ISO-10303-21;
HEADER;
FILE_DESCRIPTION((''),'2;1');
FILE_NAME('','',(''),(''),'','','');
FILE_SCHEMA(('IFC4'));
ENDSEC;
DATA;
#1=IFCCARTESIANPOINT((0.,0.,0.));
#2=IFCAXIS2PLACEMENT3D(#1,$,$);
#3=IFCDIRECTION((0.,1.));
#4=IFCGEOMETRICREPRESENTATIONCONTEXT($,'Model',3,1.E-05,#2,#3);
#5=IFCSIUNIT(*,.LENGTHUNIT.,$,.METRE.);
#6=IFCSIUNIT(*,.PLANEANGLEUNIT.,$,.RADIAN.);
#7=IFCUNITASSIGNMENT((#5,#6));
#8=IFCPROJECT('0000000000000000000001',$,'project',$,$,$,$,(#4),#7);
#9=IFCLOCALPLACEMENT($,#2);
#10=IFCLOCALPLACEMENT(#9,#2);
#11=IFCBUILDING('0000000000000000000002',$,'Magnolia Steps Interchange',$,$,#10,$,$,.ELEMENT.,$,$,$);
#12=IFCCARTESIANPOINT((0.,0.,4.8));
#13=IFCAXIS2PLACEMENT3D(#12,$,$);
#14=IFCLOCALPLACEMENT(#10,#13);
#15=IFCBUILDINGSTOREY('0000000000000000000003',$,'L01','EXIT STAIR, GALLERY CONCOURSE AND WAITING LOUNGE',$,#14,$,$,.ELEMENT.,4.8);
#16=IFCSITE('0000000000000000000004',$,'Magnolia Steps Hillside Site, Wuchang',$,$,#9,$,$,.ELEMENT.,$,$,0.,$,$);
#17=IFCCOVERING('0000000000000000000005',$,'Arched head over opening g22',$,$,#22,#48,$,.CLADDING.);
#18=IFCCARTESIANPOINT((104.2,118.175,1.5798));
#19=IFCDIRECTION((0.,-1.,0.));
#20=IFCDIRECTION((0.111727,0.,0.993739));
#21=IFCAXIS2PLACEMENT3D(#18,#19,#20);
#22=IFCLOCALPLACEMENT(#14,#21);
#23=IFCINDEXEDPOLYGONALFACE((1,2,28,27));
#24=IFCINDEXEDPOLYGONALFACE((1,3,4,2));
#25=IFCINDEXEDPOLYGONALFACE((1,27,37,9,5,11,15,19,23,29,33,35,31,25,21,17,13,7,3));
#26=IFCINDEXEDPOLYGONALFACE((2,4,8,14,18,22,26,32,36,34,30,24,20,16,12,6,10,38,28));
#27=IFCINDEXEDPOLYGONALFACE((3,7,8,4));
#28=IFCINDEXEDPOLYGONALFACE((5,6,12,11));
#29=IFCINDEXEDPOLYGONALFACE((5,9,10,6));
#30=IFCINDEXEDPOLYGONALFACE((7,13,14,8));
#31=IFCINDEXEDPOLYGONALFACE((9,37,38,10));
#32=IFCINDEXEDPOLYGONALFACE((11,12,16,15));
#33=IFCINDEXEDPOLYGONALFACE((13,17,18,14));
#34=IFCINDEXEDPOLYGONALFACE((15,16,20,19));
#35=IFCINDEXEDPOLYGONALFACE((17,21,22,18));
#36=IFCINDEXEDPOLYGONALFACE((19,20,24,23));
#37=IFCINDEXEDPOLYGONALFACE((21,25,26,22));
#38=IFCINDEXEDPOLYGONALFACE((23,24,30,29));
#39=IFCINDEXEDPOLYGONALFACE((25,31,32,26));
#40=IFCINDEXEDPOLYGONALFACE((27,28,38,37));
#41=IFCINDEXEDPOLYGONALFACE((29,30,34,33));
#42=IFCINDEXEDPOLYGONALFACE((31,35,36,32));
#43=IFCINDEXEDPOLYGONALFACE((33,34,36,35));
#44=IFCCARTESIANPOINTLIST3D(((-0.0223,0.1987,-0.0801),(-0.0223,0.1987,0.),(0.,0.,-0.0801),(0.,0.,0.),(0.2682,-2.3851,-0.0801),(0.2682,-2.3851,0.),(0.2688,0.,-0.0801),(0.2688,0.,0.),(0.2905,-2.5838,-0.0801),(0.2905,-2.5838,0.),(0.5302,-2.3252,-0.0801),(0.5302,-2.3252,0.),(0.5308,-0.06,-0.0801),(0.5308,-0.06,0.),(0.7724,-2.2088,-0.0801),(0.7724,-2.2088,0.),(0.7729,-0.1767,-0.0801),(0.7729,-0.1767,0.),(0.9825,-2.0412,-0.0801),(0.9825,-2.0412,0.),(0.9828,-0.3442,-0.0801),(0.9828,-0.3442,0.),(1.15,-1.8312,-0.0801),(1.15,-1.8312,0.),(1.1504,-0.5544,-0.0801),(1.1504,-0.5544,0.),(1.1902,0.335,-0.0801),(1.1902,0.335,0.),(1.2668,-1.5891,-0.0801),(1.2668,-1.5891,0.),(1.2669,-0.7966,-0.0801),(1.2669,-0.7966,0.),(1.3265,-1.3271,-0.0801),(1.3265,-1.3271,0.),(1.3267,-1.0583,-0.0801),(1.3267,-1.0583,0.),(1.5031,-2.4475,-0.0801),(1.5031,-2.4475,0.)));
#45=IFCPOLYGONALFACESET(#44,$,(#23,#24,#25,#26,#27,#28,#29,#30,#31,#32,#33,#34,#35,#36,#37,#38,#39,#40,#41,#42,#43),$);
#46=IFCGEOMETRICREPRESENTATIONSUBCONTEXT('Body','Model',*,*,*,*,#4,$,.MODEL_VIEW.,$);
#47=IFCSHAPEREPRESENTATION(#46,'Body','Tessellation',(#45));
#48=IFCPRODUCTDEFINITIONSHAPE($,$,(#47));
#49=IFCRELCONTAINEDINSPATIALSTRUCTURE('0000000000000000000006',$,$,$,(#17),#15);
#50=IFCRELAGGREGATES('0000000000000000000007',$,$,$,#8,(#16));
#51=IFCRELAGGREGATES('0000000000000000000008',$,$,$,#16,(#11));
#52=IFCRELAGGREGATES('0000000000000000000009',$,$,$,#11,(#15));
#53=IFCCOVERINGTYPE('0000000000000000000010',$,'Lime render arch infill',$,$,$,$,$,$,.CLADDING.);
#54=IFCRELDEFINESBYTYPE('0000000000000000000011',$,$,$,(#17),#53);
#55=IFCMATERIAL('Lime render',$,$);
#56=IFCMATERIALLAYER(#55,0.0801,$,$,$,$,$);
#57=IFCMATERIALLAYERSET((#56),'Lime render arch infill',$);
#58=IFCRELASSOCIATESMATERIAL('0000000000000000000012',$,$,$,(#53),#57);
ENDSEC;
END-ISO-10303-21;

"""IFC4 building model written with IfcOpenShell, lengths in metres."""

from ifc_helpers import new_model, si_unit, direction, frame, origin, place, context, subcontext, project, spatial, polyline, outline, extrude, material, layer, layer_set, type_object, element, save


model = new_model("IFC4")

# Units and contexts
model_context = context("Model", 3, precision=1e-05, world=origin(), true_north=direction((0.0, 1.0)))
body_context = subcontext(model_context, "Body", "Model", "MODEL_VIEW")
ifc_project = project(units=[si_unit("LENGTHUNIT", "METRE"), si_unit("PLANEANGLEUNIT", "RADIAN")], contexts=[model_context])

# Site, building, storey
site_placement = place(None, origin())
site = spatial("IfcSite", under=ifc_project, at=site_placement, Name="Magnolia Steps Hillside Site, Wuchang", CompositionType="ELEMENT", RefElevation=0.0)
building_placement = place(site_placement, origin())
building = spatial("IfcBuilding", under=site, at=building_placement, Name="Magnolia Steps Interchange", CompositionType="ELEMENT")
storey_placement = place(building_placement, frame((0.0, 0.0, 4.8)))
storey = spatial("IfcBuildingStorey", under=building, at=storey_placement, Name="L01", Description="EXIT STAIR, GALLERY CONCOURSE AND WAITING LOUNGE", CompositionType="ELEMENT", Elevation=4.8)

# Covering
ifc_material_1 = material(Name="Lime render")
ifc_layer_1 = layer(ifc_material_1, 0.0801)
ifc_layer_set_1 = layer_set([ifc_layer_1], Name="Lime render arch infill")
covering_type_1 = type_object("IfcCoveringType", Name="Lime render arch infill", PredefinedType="CLADDING", material=ifc_layer_set_1)
covering_1_placement = place(storey_placement, frame((104.2, 118.175, 1.5798), z_axis=(0.0, -1.0, 0.0), x_axis=(0.111727, 0.0, 0.993739)))
element("IfcCovering", 1, at=covering_1_placement, inside=storey, type_object=covering_type_1, Name="Arched head over opening g22", PredefinedType="CLADDING", context=body_context, shape_type="SweptSolid", body=[
    extrude(outline(polyline([(0.0, 0.0), (0.2688, 0.0), (0.5308, -0.06), (0.7729, -0.1767), (0.9828, -0.3442), (1.1504, -0.5544), (1.2669, -0.7966), (1.3267, -1.0583), (1.3265, -1.3271), (1.2668, -1.5891), (1.15, -1.8312), (0.9825, -2.0412), (0.7724, -2.2088), (0.5302, -2.3252), (0.2682, -2.3851), (0.2905, -2.5838), (1.5031, -2.4475), (1.1902, 0.335), (-0.0223, 0.1987), (0.0, 0.0)])), origin(), (0.0, 0.0, -1.0), 0.0801),
])

save(model, "model.ifc")
